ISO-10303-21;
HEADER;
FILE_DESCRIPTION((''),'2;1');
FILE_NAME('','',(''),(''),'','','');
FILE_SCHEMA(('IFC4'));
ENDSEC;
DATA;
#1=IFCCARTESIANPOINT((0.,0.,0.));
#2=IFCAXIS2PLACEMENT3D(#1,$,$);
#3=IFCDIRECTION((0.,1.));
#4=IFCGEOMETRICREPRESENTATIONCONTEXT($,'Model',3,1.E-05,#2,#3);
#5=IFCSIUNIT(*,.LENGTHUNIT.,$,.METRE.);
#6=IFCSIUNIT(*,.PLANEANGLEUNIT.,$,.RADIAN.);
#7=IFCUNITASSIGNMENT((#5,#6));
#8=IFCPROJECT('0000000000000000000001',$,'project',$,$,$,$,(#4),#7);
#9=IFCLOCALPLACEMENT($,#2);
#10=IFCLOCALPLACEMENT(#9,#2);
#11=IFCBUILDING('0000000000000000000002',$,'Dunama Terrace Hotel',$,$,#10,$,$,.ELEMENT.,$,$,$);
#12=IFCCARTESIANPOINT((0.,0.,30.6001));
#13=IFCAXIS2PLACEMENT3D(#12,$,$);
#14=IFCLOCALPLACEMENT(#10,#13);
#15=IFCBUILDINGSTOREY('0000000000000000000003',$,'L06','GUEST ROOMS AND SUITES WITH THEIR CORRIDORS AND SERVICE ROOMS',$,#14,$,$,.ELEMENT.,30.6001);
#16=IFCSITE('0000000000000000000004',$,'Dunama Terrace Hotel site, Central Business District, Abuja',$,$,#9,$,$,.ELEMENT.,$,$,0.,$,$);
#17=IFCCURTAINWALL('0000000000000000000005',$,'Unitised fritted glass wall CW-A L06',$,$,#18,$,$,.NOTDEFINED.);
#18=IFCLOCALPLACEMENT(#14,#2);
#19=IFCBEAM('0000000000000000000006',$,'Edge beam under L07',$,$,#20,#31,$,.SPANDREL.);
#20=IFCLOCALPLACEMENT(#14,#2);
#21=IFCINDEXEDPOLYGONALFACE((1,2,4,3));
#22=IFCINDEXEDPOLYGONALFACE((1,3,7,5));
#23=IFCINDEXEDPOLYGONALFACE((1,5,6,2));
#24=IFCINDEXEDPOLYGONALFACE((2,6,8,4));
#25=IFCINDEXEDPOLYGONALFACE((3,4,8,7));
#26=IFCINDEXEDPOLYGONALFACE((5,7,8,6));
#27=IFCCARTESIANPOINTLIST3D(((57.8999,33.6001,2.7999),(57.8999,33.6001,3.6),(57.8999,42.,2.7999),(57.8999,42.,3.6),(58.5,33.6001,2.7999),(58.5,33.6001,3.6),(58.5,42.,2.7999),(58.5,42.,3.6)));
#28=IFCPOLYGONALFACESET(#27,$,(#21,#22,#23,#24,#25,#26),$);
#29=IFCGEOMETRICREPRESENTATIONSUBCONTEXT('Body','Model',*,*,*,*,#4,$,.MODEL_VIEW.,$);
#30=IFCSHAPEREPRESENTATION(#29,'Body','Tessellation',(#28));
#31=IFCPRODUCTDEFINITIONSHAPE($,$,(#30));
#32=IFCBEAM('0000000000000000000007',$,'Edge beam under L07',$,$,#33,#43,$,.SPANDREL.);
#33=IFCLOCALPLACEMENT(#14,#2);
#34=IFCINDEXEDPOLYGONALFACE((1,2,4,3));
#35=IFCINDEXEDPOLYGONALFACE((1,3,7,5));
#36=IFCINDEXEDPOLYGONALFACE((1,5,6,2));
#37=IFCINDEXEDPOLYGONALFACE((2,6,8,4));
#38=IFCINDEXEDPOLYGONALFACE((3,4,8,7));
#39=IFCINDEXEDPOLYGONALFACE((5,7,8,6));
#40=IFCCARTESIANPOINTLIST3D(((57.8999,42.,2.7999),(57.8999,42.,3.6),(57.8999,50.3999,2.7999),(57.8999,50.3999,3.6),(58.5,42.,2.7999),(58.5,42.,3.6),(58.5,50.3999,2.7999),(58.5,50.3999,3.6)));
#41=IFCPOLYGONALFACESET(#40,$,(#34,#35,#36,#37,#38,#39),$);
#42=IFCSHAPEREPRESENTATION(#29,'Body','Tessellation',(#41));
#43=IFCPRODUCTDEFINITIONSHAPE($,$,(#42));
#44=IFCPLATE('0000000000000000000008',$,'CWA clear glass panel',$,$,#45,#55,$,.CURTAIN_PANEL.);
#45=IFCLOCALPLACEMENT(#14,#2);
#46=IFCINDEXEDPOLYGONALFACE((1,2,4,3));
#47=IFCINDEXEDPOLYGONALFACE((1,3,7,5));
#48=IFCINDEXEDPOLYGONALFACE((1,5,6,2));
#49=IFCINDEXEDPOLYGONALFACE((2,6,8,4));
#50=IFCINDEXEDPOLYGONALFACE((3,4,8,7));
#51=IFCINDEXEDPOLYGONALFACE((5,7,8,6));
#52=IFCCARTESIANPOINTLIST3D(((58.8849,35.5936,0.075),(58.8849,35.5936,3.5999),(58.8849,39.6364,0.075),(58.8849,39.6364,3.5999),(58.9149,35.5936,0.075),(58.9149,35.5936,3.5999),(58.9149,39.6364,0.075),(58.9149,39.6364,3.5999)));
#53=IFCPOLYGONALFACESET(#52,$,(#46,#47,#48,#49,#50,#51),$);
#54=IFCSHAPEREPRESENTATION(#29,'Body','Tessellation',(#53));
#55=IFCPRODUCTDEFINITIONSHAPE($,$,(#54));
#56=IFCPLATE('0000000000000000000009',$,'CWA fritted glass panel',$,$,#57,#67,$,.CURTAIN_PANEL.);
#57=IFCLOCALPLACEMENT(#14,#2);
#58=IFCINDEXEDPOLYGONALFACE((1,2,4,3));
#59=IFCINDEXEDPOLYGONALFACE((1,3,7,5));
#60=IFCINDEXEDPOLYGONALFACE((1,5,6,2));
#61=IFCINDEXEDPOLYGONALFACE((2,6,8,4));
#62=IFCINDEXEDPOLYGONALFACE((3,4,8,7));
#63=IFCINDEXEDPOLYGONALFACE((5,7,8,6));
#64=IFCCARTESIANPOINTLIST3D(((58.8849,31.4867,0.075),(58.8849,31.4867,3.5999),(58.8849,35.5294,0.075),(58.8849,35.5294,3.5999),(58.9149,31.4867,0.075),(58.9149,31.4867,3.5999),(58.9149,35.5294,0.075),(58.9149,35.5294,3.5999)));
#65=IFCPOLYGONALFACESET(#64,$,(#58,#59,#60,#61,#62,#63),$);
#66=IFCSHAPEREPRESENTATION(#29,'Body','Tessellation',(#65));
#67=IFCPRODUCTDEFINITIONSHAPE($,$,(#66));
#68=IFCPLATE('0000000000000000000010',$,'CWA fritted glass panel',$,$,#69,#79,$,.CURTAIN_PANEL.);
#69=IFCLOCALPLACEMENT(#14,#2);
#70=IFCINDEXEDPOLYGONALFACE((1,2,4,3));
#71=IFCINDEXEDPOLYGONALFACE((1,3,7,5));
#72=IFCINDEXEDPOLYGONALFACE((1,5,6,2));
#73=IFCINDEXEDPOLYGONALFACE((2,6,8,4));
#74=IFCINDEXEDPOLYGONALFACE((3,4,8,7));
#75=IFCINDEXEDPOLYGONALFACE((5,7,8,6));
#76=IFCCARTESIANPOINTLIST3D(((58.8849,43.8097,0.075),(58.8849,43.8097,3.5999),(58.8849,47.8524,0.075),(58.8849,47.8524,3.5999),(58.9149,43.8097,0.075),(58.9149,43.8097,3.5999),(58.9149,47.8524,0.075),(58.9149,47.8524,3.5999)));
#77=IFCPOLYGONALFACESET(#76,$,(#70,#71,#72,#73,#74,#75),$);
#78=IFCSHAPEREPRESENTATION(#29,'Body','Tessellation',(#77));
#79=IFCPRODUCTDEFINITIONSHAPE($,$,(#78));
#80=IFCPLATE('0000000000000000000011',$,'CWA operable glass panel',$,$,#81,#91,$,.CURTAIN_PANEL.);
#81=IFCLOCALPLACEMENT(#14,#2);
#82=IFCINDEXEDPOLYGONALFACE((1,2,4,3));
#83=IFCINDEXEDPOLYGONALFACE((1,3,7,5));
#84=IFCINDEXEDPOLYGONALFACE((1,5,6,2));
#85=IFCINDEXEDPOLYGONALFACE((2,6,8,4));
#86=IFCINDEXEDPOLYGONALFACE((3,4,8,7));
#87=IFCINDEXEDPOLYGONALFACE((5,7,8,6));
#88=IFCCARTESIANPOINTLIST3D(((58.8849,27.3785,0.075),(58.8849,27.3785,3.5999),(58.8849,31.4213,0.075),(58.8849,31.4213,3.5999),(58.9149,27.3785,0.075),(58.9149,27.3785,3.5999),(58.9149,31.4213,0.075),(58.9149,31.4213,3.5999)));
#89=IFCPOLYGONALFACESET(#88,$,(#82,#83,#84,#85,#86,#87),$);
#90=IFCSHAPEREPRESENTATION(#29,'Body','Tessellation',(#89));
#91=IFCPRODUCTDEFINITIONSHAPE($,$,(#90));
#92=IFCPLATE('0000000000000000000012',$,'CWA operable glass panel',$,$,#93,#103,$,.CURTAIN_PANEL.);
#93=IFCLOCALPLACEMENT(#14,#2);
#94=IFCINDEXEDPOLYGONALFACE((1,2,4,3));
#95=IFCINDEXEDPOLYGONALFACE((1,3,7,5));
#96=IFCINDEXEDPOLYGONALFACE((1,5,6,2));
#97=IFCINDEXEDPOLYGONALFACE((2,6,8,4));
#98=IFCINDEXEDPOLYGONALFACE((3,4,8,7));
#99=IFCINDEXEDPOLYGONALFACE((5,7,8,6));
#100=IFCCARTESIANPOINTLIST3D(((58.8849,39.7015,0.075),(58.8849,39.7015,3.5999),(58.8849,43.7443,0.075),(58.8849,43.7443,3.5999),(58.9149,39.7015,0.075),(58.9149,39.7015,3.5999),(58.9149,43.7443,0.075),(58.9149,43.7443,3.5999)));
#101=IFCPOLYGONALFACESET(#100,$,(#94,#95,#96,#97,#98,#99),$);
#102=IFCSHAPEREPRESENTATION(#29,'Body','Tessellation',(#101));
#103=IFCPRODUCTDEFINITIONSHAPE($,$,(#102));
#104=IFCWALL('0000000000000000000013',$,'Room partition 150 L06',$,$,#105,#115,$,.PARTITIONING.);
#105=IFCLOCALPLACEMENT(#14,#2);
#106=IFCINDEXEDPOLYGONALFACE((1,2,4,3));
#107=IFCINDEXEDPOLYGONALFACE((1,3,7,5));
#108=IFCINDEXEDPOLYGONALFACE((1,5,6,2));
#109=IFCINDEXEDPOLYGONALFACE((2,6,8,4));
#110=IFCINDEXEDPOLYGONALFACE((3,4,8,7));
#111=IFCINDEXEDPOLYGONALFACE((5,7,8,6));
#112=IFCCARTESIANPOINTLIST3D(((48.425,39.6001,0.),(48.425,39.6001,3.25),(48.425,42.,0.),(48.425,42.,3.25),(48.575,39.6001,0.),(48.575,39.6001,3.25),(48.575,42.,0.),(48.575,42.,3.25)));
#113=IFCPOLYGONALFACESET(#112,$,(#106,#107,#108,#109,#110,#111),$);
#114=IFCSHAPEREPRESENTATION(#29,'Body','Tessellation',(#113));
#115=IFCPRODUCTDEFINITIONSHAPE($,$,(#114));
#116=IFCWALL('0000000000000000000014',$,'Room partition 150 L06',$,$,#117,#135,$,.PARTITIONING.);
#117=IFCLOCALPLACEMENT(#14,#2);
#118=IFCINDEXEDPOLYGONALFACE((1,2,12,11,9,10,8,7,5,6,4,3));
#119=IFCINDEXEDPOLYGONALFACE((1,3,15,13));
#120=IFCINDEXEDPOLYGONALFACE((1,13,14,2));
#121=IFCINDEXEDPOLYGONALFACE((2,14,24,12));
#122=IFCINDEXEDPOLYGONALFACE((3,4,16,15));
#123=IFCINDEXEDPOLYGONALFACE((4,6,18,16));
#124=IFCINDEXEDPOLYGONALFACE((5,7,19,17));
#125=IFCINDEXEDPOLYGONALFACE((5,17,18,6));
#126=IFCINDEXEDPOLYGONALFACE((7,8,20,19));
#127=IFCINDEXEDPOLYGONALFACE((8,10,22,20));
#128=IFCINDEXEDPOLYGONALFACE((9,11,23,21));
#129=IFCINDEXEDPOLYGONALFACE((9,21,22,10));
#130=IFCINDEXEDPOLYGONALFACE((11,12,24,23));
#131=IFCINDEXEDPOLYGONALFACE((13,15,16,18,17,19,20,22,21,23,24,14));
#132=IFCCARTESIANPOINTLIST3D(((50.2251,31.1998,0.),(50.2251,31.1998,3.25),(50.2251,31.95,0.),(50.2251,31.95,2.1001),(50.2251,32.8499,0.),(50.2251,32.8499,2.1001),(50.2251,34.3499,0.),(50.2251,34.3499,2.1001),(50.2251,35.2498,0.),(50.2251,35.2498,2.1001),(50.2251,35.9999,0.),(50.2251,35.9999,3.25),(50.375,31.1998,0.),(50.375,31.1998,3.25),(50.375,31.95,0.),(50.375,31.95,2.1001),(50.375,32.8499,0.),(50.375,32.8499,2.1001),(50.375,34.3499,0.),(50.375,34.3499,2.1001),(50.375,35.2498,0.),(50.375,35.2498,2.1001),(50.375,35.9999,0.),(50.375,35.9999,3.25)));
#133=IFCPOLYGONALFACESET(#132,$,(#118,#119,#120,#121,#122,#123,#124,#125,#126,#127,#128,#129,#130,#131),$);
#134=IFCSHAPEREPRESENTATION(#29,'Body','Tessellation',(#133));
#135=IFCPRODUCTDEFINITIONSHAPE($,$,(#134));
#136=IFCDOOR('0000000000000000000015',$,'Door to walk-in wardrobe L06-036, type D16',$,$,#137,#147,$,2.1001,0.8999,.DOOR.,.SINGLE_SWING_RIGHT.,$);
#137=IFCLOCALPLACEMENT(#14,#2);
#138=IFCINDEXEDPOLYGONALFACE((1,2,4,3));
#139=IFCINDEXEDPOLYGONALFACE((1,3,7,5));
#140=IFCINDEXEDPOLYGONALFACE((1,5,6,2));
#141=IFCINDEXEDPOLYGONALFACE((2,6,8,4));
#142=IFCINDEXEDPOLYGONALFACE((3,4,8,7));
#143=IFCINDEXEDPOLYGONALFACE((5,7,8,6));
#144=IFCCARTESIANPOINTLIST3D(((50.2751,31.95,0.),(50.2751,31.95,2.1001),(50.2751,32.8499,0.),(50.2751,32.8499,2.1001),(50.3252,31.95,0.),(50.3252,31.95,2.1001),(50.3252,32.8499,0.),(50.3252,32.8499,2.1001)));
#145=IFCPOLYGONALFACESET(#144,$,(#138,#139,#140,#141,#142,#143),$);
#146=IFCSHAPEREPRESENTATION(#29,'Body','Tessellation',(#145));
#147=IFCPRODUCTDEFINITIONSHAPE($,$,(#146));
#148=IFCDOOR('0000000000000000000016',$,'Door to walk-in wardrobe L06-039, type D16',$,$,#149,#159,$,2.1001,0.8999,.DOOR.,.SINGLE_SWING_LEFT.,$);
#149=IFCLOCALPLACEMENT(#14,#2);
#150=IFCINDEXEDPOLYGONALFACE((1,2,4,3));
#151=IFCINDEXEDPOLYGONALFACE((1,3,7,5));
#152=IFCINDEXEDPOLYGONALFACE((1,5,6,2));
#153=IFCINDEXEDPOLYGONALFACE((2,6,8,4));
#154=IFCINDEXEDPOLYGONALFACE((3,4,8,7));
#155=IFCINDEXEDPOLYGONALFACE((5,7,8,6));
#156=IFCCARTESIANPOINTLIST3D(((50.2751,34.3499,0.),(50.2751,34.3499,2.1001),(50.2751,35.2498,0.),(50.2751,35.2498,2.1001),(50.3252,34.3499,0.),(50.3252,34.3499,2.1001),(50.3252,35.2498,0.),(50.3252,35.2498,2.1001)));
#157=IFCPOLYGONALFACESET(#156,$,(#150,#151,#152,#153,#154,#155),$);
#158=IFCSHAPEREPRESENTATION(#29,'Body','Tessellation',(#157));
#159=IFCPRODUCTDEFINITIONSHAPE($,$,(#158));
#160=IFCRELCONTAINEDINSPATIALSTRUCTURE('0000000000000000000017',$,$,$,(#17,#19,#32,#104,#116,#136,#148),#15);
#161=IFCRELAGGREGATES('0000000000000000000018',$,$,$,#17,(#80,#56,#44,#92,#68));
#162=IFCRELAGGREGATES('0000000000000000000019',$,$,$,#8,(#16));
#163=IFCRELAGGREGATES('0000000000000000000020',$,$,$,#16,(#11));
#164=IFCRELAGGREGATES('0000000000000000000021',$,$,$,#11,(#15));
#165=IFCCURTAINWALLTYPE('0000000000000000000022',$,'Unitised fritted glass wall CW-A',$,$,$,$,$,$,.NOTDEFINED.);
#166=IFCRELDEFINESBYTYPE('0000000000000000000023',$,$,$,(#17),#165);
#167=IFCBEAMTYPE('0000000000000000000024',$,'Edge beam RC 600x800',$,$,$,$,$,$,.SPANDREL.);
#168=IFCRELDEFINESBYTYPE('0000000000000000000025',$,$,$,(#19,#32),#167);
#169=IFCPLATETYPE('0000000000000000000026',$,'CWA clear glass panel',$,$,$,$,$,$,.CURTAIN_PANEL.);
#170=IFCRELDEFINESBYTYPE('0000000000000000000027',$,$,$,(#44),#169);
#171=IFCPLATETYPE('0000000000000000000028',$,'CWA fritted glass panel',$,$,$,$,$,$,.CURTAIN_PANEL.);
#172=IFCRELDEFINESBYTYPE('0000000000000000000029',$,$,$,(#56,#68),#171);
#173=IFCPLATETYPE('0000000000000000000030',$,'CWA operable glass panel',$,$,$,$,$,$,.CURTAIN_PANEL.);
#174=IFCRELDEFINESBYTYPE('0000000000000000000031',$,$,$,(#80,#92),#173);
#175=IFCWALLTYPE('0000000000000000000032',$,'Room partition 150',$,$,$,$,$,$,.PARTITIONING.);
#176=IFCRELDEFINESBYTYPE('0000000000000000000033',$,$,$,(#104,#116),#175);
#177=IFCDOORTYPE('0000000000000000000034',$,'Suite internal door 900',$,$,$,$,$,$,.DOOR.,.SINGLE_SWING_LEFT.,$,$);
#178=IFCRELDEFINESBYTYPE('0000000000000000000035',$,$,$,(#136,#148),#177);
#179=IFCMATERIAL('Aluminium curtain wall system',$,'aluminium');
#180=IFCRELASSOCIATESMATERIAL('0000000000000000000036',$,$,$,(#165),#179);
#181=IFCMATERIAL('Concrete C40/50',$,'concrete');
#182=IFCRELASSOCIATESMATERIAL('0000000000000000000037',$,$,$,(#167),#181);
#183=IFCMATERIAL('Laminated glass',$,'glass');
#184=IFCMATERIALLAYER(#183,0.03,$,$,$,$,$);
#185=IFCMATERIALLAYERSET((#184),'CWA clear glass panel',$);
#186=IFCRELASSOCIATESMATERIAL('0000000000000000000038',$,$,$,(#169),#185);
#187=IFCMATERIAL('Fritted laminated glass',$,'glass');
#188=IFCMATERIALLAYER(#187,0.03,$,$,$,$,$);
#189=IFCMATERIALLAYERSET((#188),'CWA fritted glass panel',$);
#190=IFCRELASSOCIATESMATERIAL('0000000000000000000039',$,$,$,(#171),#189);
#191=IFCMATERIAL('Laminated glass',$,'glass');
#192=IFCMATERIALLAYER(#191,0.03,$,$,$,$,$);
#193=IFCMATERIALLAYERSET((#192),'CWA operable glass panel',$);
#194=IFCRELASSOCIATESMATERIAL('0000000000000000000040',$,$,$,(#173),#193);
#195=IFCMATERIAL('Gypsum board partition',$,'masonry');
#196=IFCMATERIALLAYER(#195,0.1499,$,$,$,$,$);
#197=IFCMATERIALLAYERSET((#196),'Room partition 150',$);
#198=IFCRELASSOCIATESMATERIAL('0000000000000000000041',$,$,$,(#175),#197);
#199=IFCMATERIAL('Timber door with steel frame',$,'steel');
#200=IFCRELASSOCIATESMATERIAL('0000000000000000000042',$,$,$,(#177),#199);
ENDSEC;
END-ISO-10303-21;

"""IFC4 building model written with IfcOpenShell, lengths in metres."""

from ifc_helpers import new_model, si_unit, direction, frame, frame_2d, origin, origin_2d, place, context, subcontext, project, spatial, rectangle, extrude, material, layer, layer_set, material_profile, profile_set, type_object, element, fill, aggregate, save


model = new_model("IFC4")

# Units and contexts
model_context = context("Model", 3, precision=1e-05, world=origin(), true_north=direction((0.0, 1.0)))
body_context = subcontext(model_context, "Body", "Model", "MODEL_VIEW")
ifc_project = project(units=[si_unit("LENGTHUNIT", "METRE"), si_unit("PLANEANGLEUNIT", "RADIAN")], contexts=[model_context])

# Site, building, storey
site_placement = place(None, origin())
site = spatial("IfcSite", under=ifc_project, at=site_placement, Name="Dunama Terrace Hotel site, Central Business District, Abuja", CompositionType="ELEMENT", RefElevation=0.0)
building_placement = place(site_placement, origin())
building = spatial("IfcBuilding", under=site, at=building_placement, Name="Dunama Terrace Hotel", CompositionType="ELEMENT")
storey_placement = place(building_placement, frame((0.0, 0.0, 30.6001)))
storey = spatial("IfcBuildingStorey", under=building, at=storey_placement, Name="L06", Description="GUEST ROOMS AND SUITES WITH THEIR CORRIDORS AND SERVICE ROOMS", CompositionType="ELEMENT", Elevation=30.6001)

# Curtain wall
ifc_material_1 = material(Name="Aluminium curtain wall system", Category="aluminium")
curtain_wall_type = type_object("IfcCurtainWallType", Name="Unitised fritted glass wall CW-A", PredefinedType="NOTDEFINED", material=ifc_material_1)
curtain_wall_placement = place(storey_placement, origin())
curtain_wall = element("IfcCurtainWall", 1, at=curtain_wall_placement, inside=storey, type_object=curtain_wall_type, Name="Unitised fritted glass wall CW-A L06", PredefinedType="NOTDEFINED")

# Beams
ifc_material_2 = material(Name="Concrete C40/50", Category="concrete")
ifc_material_profile_1 = material_profile(ifc_material_2, rectangle(XDim=0.6001, YDim=0.8, at=origin_2d()), Name="RC 600x800")
ifc_profile_set_1 = profile_set([ifc_material_profile_1], Name="Concrete C40/50")
beam_type = type_object("IfcBeamType", Name="Edge beam RC 600x800", PredefinedType="SPANDREL", material=ifc_profile_set_1)
for number, where, z_axis, x_axis, name in (
    (2, (58.2, 33.6001, 3.2), (0.0, 1.0, 0.0), (-1.0, 0.0, 0.0), "Edge beam under L07"),
    (3, (58.2, 42.0, 3.2), (0.0, 1.0, 0.0), (-1.0, 0.0, 0.0), "Edge beam under L07"),
):
    element("IfcBeam", number, at=place(storey_placement, frame(where, z_axis=z_axis, x_axis=x_axis)), inside=storey, type_object=beam_type, Name=name, PredefinedType="SPANDREL", context=body_context, shape_type="SweptSolid", body=[
        extrude(rectangle(XDim=0.6001, YDim=0.8, at=origin_2d()), origin(), (0.0, 0.0, 1.0), 8.3999),
    ])

# Plates
ifc_material_3 = material(Name="Laminated glass", Category="glass")
ifc_layer_1 = layer(ifc_material_3, 0.03)
ifc_layer_set_1 = layer_set([ifc_layer_1], Name="CWA clear glass panel")
plate_type_1 = type_object("IfcPlateType", Name="CWA clear glass panel", PredefinedType="CURTAIN_PANEL", material=ifc_layer_set_1)
plate_1_placement = place(storey_placement, frame((58.8999, 37.615, 0.075), z_axis=(0.0, 0.0, 1.0), x_axis=(0.0, 1.0, 0.0)))
plate_1 = element("IfcPlate", 4, at=plate_1_placement, type_object=plate_type_1, Name="CWA clear glass panel", PredefinedType="CURTAIN_PANEL", context=body_context, shape_type="SweptSolid", body=[
    extrude(rectangle(XDim=4.0427, YDim=0.03, at=origin_2d()), origin(), (0.0, 0.0, 1.0), 3.5249),
])
ifc_material_4 = material(Name="Fritted laminated glass", Category="glass")
ifc_layer_2 = layer(ifc_material_4, 0.03)
ifc_layer_set_2 = layer_set([ifc_layer_2], Name="CWA fritted glass panel")
plate_type_2 = type_object("IfcPlateType", Name="CWA fritted glass panel", PredefinedType="CURTAIN_PANEL", material=ifc_layer_set_2)
plate_2_placement = place(storey_placement, frame((58.8999, 33.5081, 0.075), z_axis=(0.0, 0.0, 1.0), x_axis=(0.0, 1.0, 0.0)))
plate_2 = element("IfcPlate", 5, at=plate_2_placement, type_object=plate_type_2, Name="CWA fritted glass panel", PredefinedType="CURTAIN_PANEL", context=body_context, shape_type="SweptSolid", body=[
    extrude(rectangle(XDim=4.0427, YDim=0.03, at=origin_2d()), origin(), (0.0, 0.0, 1.0), 3.5249),
])
plate_3_placement = place(storey_placement, frame((58.8999, 45.8311, 0.075), z_axis=(0.0, 0.0, 1.0), x_axis=(0.0, 1.0, 0.0)))
plate_3 = element("IfcPlate", 6, at=plate_3_placement, type_object=plate_type_2, Name="CWA fritted glass panel", PredefinedType="CURTAIN_PANEL", context=body_context, shape_type="SweptSolid", body=[
    extrude(rectangle(XDim=4.0427, YDim=0.03, at=origin_2d()), origin(), (0.0, 0.0, 1.0), 3.5249),
])
ifc_material_5 = material(Name="Laminated glass", Category="glass")
ifc_layer_3 = layer(ifc_material_5, 0.03)
ifc_layer_set_3 = layer_set([ifc_layer_3], Name="CWA operable glass panel")
plate_type_3 = type_object("IfcPlateType", Name="CWA operable glass panel", PredefinedType="CURTAIN_PANEL", material=ifc_layer_set_3)
plate_4_placement = place(storey_placement, frame((58.8999, 29.3999, 0.075), z_axis=(0.0, 0.0, 1.0), x_axis=(0.0, 1.0, 0.0)))
plate_4 = element("IfcPlate", 7, at=plate_4_placement, type_object=plate_type_3, Name="CWA operable glass panel", PredefinedType="CURTAIN_PANEL", context=body_context, shape_type="SweptSolid", body=[
    extrude(rectangle(XDim=4.0427, YDim=0.03, at=origin_2d()), origin(), (0.0, 0.0, 1.0), 3.5249),
])
plate_5_placement = place(storey_placement, frame((58.8999, 41.7229, 0.075), z_axis=(0.0, 0.0, 1.0), x_axis=(0.0, 1.0, 0.0)))
plate_5 = element("IfcPlate", 8, at=plate_5_placement, type_object=plate_type_3, Name="CWA operable glass panel", PredefinedType="CURTAIN_PANEL", context=body_context, shape_type="SweptSolid", body=[
    extrude(rectangle(XDim=4.0427, YDim=0.03, at=origin_2d()), origin(), (0.0, 0.0, 1.0), 3.5249),
])
aggregate(curtain_wall, [plate_4, plate_2, plate_1, plate_5, plate_3])

# Wall
ifc_material_6 = material(Name="Gypsum board partition", Category="masonry")
ifc_layer_4 = layer(ifc_material_6, 0.1499)
ifc_layer_set_4 = layer_set([ifc_layer_4], Name="Room partition 150")
wall_type = type_object("IfcWallType", Name="Room partition 150", PredefinedType="PARTITIONING", material=ifc_layer_set_4)
wall_1_placement = place(storey_placement, frame((48.5, 39.6001, 0.0), z_axis=(0.0, 0.0, 1.0), x_axis=(0.0, 1.0, 0.0)))
element("IfcWall", 9, at=wall_1_placement, inside=storey, type_object=wall_type, Name="Room partition 150 L06", PredefinedType="PARTITIONING", context=body_context, shape_type="SweptSolid", body=[
    extrude(rectangle(XDim=2.3999, YDim=0.1499, at=frame_2d((1.2, 0.0))), origin(), (0.0, 0.0, 1.0), 3.25),
])

# Wall, openings, doors
wall_2_placement = place(storey_placement, frame((50.3, 31.2, 0.0), z_axis=(0.0, 0.0, 1.0), x_axis=(0.0, 1.0, 0.0)))
wall_2 = element("IfcWall", 10, at=wall_2_placement, inside=storey, type_object=wall_type, Name="Room partition 150 L06", PredefinedType="PARTITIONING", context=body_context, shape_type="SweptSolid", body=[
    extrude(rectangle(XDim=4.8, YDim=0.1499, at=frame_2d((2.3999, 0.0))), origin(), (0.0, 0.0, 1.0), 3.25),
])
opening_1_placement = place(wall_2_placement, frame((0.75, 0.0, 0.0)))
opening_1 = element("IfcOpeningElement", 11, at=opening_1_placement, cuts=wall_2, PredefinedType="OPENING", context=body_context, shape_type="SweptSolid", body=[
    extrude(rectangle(XDim=0.8999, YDim=2.1001, at=frame_2d((0.45, 1.05))), frame((0.0, 0.085, 0.0), z_axis=(0.0, -1.0, 0.0), x_axis=(1.0, 0.0, 0.0)), (0.0, 0.0, 1.0), 0.1699),
])
opening_2_placement = place(wall_2_placement, frame((3.1499, 0.0, 0.0)))
opening_2 = element("IfcOpeningElement", 12, at=opening_2_placement, cuts=wall_2, PredefinedType="OPENING", context=body_context, shape_type="SweptSolid", body=[
    extrude(rectangle(XDim=0.8999, YDim=2.1001, at=frame_2d((0.45, 1.05))), frame((0.0, 0.085, 0.0), z_axis=(0.0, -1.0, 0.0), x_axis=(1.0, 0.0, 0.0)), (0.0, 0.0, 1.0), 0.1699),
])
ifc_material_7 = material(Name="Timber door with steel frame", Category="steel")
door_type = type_object("IfcDoorType", Name="Suite internal door 900", OperationType="SINGLE_SWING_LEFT", PredefinedType="DOOR", material=ifc_material_7)
door_1_placement = place(opening_1_placement, origin())
door_1 = element("IfcDoor", 13, at=door_1_placement, inside=storey, type_object=door_type, Name="Door to walk-in wardrobe L06-036, type D16", OperationType="SINGLE_SWING_RIGHT", OverallHeight=2.1001, OverallWidth=0.8999, PredefinedType="DOOR", context=body_context, shape_type="SweptSolid", body=[
    extrude(rectangle(XDim=0.8999, YDim=2.1001, at=frame_2d((0.45, 1.05))), frame((0.0, 0.0249, 0.0), z_axis=(0.0, -1.0, 0.0), x_axis=(1.0, 0.0, 0.0)), (0.0, 0.0, 1.0), 0.05),
])
fill(opening_1, door_1)
door_2_placement = place(opening_2_placement, origin())
door_2 = element("IfcDoor", 14, at=door_2_placement, inside=storey, type_object=door_type, Name="Door to walk-in wardrobe L06-039, type D16", OperationType="SINGLE_SWING_LEFT", OverallHeight=2.1001, OverallWidth=0.8999, PredefinedType="DOOR", context=body_context, shape_type="SweptSolid", body=[
    extrude(rectangle(XDim=0.8999, YDim=2.1001, at=frame_2d((0.45, 1.05))), frame((0.0, 0.0249, 0.0), z_axis=(0.0, -1.0, 0.0), x_axis=(1.0, 0.0, 0.0)), (0.0, 0.0, 1.0), 0.05),
])
fill(opening_2, door_2)

save(model, "model.ifc")
